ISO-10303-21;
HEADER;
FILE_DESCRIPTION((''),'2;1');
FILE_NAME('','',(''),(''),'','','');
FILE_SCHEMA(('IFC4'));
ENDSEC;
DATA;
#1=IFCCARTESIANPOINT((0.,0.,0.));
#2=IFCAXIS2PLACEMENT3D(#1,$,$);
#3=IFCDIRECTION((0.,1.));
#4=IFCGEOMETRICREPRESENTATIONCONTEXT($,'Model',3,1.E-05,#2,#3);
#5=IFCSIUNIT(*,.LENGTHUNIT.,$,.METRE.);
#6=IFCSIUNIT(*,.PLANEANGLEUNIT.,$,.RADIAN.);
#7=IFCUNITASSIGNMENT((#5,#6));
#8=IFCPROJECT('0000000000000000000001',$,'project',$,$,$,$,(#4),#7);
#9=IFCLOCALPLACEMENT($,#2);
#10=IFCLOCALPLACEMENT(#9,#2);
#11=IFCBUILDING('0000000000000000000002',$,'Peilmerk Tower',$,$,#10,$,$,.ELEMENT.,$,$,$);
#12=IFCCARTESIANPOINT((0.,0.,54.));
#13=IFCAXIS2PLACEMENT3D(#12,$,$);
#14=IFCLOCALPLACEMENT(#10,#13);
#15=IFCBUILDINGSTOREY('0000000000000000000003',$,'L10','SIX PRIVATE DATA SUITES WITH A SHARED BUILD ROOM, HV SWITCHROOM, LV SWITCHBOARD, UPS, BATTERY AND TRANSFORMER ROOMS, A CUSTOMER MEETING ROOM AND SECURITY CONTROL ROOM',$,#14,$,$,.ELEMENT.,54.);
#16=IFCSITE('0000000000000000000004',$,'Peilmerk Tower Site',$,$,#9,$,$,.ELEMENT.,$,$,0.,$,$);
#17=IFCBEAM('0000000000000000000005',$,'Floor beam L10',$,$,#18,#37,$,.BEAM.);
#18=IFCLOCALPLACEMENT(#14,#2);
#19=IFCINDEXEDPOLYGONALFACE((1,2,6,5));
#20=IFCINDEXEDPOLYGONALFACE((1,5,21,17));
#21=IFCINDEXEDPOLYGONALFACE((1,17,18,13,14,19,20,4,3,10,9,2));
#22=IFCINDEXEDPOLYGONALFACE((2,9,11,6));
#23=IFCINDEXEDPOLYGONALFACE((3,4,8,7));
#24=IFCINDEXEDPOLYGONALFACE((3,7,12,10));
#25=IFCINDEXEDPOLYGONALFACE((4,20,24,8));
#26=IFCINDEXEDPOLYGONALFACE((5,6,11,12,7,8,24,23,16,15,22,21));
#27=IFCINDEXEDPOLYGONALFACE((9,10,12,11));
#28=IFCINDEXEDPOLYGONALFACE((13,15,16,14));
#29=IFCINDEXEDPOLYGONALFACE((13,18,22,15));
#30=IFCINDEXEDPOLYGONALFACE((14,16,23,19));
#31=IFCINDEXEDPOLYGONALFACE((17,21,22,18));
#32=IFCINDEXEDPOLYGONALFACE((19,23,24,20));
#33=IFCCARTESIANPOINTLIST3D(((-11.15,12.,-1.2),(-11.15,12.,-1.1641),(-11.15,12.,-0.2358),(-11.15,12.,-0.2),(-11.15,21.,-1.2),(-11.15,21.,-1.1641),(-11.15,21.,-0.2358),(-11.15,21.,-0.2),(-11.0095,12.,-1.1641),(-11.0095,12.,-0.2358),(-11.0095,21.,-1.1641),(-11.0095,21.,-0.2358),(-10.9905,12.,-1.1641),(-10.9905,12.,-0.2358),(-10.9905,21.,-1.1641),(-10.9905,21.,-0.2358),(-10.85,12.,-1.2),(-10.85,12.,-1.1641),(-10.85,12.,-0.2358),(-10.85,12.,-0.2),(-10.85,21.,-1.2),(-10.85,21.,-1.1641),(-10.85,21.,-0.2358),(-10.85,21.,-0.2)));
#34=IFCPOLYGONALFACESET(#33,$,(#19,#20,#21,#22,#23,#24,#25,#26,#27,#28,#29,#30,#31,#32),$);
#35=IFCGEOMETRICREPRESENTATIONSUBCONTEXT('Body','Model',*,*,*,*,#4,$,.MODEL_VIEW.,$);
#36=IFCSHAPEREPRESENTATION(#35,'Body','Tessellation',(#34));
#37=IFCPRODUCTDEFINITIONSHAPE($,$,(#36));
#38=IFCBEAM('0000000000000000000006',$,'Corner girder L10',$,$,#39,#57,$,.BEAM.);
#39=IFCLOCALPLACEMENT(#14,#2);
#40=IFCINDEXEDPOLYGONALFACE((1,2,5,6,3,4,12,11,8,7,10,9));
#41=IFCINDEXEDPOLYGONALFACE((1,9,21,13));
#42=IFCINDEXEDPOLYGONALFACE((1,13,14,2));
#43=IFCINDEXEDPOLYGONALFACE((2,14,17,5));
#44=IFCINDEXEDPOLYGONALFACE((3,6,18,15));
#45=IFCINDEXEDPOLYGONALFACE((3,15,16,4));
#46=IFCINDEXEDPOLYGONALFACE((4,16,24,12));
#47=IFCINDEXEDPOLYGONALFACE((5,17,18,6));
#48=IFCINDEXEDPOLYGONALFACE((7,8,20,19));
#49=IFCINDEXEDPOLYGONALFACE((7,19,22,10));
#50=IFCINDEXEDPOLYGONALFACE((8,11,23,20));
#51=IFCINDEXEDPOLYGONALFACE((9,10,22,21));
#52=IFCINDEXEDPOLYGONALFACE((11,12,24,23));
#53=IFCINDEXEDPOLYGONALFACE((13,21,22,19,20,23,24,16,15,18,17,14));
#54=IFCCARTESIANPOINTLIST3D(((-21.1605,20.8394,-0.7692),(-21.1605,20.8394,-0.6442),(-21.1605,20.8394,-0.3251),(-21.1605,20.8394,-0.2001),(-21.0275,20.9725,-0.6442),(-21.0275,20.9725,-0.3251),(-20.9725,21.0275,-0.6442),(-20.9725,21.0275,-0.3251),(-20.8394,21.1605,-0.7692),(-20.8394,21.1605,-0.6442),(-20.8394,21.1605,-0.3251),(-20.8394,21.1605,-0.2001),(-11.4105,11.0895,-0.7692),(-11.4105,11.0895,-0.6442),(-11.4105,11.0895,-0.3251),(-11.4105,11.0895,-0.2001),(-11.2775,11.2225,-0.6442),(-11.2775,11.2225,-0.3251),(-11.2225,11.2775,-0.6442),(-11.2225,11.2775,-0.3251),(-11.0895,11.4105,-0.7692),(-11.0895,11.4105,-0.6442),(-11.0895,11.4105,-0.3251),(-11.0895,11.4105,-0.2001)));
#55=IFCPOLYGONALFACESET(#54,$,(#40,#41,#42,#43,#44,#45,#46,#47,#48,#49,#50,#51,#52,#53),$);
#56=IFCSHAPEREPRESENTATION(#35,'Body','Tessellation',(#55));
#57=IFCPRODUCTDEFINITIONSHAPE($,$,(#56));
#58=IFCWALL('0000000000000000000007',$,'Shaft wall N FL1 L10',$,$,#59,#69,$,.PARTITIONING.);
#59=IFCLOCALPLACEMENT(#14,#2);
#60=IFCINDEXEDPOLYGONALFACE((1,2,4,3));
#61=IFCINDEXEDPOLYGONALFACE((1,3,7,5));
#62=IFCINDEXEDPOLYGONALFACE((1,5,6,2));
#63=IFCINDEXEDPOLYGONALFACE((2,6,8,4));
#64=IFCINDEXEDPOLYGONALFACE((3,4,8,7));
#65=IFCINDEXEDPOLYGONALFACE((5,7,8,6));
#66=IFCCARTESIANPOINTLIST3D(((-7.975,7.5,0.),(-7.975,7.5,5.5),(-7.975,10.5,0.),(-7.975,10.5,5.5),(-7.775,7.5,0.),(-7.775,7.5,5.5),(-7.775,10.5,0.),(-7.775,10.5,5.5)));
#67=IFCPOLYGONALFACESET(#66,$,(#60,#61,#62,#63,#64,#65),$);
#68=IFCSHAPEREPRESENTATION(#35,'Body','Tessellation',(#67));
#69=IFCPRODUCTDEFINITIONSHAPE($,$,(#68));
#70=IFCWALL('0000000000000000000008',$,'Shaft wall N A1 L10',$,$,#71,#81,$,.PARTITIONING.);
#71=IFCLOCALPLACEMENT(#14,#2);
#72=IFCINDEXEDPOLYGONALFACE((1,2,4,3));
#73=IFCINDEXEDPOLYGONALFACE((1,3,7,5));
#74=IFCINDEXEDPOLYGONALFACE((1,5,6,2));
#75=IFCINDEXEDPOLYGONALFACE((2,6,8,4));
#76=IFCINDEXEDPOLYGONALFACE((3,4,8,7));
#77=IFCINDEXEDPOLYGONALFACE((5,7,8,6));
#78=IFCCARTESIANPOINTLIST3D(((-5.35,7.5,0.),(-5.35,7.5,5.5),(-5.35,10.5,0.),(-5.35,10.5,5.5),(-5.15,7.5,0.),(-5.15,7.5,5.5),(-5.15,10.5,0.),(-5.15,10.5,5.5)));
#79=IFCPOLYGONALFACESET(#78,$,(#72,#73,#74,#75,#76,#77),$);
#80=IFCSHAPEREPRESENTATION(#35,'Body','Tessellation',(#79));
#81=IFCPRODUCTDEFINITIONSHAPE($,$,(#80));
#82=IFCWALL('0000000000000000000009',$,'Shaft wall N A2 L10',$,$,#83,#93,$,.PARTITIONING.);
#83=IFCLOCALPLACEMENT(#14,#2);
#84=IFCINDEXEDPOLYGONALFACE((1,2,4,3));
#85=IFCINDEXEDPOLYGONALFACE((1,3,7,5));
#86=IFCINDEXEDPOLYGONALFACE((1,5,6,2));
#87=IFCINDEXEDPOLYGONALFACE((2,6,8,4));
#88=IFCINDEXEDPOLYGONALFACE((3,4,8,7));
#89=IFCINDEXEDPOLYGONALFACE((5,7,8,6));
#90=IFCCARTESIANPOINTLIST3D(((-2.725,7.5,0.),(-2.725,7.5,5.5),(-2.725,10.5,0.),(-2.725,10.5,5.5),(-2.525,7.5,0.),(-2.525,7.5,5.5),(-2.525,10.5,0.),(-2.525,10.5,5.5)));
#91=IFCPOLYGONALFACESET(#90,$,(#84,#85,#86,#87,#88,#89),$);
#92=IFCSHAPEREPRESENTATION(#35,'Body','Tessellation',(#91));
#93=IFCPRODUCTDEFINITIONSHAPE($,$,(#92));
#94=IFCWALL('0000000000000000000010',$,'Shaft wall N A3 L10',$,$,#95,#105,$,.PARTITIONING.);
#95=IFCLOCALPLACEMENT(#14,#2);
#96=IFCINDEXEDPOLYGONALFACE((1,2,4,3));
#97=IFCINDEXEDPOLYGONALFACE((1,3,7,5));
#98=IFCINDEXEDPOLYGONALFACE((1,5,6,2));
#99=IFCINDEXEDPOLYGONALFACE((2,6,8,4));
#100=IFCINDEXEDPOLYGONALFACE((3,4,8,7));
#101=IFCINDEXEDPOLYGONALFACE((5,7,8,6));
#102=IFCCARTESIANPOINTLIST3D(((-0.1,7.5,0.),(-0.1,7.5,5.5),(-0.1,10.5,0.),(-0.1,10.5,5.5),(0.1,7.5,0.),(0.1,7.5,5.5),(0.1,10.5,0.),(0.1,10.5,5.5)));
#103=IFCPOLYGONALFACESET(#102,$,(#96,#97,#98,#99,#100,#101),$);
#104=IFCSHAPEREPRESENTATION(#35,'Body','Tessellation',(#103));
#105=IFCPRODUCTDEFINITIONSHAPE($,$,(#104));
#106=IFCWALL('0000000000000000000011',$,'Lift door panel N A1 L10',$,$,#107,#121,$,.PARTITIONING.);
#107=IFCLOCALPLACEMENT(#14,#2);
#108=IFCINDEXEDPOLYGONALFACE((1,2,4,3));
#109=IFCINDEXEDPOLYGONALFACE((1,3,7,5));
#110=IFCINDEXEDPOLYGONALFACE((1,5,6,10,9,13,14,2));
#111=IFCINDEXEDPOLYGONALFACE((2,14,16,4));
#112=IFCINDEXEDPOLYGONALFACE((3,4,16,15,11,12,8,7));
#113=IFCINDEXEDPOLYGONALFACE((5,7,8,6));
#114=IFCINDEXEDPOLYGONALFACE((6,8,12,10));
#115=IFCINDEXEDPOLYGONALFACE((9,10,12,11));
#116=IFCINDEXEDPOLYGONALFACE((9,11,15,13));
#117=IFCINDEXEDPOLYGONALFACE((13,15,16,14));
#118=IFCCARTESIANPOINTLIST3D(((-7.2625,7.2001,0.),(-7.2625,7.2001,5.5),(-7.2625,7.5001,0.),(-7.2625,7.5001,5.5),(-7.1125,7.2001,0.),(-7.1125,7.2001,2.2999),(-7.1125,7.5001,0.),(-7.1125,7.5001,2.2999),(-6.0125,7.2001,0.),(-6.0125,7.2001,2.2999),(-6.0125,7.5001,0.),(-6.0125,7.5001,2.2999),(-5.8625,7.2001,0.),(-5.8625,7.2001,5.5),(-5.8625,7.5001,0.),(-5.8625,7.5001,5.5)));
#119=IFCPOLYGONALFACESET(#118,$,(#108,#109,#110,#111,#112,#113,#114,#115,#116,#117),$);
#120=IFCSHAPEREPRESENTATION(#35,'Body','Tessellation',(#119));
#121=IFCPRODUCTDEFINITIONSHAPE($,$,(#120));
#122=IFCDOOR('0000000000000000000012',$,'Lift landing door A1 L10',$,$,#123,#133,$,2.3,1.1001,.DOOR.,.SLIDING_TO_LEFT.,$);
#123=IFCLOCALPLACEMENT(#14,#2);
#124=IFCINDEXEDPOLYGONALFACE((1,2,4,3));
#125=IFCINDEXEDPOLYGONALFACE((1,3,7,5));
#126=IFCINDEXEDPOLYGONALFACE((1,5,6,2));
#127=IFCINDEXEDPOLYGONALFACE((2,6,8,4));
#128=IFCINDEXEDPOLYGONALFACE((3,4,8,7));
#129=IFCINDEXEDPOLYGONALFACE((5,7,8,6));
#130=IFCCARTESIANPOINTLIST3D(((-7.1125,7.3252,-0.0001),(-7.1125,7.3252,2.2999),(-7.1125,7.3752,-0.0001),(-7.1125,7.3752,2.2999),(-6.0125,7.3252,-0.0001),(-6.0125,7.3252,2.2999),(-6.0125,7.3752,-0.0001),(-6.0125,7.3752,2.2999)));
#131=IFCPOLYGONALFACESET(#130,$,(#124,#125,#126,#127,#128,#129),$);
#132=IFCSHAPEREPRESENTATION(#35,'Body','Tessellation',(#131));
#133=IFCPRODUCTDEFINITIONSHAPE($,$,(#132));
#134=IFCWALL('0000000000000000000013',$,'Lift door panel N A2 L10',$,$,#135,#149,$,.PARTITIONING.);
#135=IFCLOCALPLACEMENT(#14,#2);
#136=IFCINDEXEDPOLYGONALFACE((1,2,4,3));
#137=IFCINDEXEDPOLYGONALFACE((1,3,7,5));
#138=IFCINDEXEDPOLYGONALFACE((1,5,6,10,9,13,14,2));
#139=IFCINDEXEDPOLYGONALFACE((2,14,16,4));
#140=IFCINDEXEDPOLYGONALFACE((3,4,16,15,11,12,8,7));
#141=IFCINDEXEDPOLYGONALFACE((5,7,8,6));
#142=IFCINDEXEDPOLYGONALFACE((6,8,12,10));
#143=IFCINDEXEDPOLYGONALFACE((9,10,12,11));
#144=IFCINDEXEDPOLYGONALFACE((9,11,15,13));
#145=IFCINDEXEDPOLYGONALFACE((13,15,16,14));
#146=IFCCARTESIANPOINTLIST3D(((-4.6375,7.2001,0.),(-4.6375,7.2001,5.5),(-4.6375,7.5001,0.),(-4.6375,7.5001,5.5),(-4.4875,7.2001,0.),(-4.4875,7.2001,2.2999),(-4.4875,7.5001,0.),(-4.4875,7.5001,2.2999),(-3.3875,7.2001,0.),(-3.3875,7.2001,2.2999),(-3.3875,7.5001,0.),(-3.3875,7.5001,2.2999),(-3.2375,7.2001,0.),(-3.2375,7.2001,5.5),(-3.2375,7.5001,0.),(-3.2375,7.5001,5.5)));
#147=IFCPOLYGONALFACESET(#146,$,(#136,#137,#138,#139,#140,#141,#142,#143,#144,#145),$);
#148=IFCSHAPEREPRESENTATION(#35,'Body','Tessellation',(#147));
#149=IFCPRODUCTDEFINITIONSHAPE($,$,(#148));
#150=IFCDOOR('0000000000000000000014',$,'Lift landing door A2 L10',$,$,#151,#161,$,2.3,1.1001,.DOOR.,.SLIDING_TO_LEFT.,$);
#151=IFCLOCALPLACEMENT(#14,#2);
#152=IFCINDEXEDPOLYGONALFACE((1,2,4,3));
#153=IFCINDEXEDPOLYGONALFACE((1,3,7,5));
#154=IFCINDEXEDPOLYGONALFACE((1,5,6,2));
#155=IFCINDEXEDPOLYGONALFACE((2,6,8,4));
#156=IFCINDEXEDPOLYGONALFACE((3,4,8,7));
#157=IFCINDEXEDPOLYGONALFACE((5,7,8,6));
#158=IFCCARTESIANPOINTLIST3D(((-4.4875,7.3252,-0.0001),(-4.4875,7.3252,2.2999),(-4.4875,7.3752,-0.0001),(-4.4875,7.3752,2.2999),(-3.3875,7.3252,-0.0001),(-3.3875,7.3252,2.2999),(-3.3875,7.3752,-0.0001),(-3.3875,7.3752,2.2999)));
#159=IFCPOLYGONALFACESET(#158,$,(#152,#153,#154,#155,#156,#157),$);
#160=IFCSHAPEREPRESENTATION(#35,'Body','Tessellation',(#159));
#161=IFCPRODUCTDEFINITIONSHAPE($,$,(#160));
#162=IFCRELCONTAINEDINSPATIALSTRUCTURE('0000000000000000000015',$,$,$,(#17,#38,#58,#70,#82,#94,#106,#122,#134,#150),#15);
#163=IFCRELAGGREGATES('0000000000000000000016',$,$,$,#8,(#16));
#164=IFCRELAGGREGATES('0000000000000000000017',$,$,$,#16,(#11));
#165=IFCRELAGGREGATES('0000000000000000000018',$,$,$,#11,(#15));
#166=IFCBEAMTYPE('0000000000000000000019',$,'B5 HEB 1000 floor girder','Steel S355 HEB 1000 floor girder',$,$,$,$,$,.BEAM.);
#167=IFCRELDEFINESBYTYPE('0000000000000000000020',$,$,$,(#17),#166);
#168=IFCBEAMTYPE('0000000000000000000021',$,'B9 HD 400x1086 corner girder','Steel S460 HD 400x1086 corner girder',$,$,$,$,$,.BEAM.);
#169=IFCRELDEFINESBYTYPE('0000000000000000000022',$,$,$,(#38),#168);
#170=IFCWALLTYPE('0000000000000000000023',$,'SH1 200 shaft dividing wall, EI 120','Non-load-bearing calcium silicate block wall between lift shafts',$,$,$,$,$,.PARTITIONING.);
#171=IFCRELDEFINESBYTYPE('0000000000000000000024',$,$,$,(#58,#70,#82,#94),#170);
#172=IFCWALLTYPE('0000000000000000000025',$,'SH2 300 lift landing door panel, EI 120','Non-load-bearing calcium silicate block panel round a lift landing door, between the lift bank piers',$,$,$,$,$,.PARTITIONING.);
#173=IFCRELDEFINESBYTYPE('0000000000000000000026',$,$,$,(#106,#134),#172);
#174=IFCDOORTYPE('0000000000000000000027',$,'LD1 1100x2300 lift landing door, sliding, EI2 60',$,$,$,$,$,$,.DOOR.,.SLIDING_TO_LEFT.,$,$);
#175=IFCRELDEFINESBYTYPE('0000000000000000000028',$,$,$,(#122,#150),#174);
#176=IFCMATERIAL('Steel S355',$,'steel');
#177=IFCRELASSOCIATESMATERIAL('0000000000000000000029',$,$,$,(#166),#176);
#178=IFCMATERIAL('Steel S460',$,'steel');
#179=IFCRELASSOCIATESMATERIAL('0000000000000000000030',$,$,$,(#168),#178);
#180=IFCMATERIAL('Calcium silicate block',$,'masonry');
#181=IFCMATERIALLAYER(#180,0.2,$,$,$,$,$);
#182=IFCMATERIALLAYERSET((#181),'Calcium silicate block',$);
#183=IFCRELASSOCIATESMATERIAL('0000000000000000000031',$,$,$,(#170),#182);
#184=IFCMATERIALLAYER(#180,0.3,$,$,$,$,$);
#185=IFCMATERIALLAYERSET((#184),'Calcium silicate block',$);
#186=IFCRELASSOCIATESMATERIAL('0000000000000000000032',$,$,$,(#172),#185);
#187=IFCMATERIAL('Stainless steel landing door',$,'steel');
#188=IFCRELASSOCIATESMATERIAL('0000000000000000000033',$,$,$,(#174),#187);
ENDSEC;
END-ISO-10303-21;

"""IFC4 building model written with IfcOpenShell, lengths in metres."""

from ifc_helpers import new_model, si_unit, direction, frame, frame_2d, origin, origin_2d, place, context, subcontext, project, spatial, rectangle, i_section, extrude, material, layer, layer_set, material_profile, profile_set, type_object, element, fill, save


model = new_model("IFC4")

# Units and contexts
model_context = context("Model", 3, precision=1e-05, world=origin(), true_north=direction((0.0, 1.0)))
body_context = subcontext(model_context, "Body", "Model", "MODEL_VIEW")
ifc_project = project(units=[si_unit("LENGTHUNIT", "METRE"), si_unit("PLANEANGLEUNIT", "RADIAN")], contexts=[model_context])

# Site, building, storey
site_placement = place(None, origin())
site = spatial("IfcSite", under=ifc_project, at=site_placement, Name="Peilmerk Tower Site", CompositionType="ELEMENT", RefElevation=0.0)
building_placement = place(site_placement, origin())
building = spatial("IfcBuilding", under=site, at=building_placement, Name="Peilmerk Tower", CompositionType="ELEMENT")
storey_placement = place(building_placement, frame((0.0, 0.0, 54.0)))
storey = spatial("IfcBuildingStorey", under=building, at=storey_placement, Name="L10", Description="SIX PRIVATE DATA SUITES WITH A SHARED BUILD ROOM, HV SWITCHROOM, LV SWITCHBOARD, UPS, BATTERY AND TRANSFORMER ROOMS, A CUSTOMER MEETING ROOM AND SECURITY CONTROL ROOM", CompositionType="ELEMENT", Elevation=54.0)

# Beams
ifc_material_1 = material(Name="Steel S355", Category="steel")
ifc_material_profile_1 = material_profile(ifc_material_1, i_section(OverallWidth=0.3, OverallDepth=1.0, WebThickness=0.019, FlangeThickness=0.0359, at=origin_2d()), Name="HEB 1000")
ifc_profile_set_1 = profile_set([ifc_material_profile_1], Name="Steel S355")
beam_type_1 = type_object("IfcBeamType", Name="B5 HEB 1000 floor girder", Description="Steel S355 HEB 1000 floor girder", PredefinedType="BEAM", material=ifc_profile_set_1)
beam_1_placement = place(storey_placement, frame((-11.0, 12.0, -0.7), z_axis=(0.0, 1.0, 0.0), x_axis=(-1.0, 0.0, 0.0)))
element("IfcBeam", 1, at=beam_1_placement, inside=storey, type_object=beam_type_1, Name="Floor beam L10", PredefinedType="BEAM", context=body_context, shape_type="SweptSolid", body=[
    extrude(i_section(OverallWidth=0.3, OverallDepth=1.0, WebThickness=0.019, FlangeThickness=0.0359, at=origin_2d()), origin(), (0.0, 0.0, 1.0), 9.0),
])
ifc_material_2 = material(Name="Steel S460", Category="steel")
ifc_material_profile_2 = material_profile(ifc_material_2, i_section(OverallWidth=0.4541, OverallDepth=0.5691, WebThickness=0.0779, FlangeThickness=0.125, at=origin_2d()), Name="HD 400x1086")
ifc_profile_set_2 = profile_set([ifc_material_profile_2], Name="Steel S460")
beam_type_2 = type_object("IfcBeamType", Name="B9 HD 400x1086 corner girder", Description="Steel S460 HD 400x1086 corner girder", PredefinedType="BEAM", material=ifc_profile_set_2)
beam_2_placement = place(storey_placement, frame((-11.25, 11.25, -0.4846), z_axis=(-0.707107, 0.707107, 0.0), x_axis=(-0.707107, -0.707107, 0.0)))
element("IfcBeam", 2, at=beam_2_placement, inside=storey, type_object=beam_type_2, Name="Corner girder L10", PredefinedType="BEAM", context=body_context, shape_type="SweptSolid", body=[
    extrude(i_section(OverallWidth=0.4541, OverallDepth=0.5691, WebThickness=0.0779, FlangeThickness=0.125, at=origin_2d()), origin(), (0.0, 0.0, 1.0), 13.7886),
])

# Walls
ifc_material_3 = material(Name="Calcium silicate block", Category="masonry")
ifc_layer_1 = layer(ifc_material_3, 0.2)
ifc_layer_set_1 = layer_set([ifc_layer_1], Name="Calcium silicate block")
wall_type_1 = type_object("IfcWallType", Name="SH1 200 shaft dividing wall, EI 120", Description="Non-load-bearing calcium silicate block wall between lift shafts", PredefinedType="PARTITIONING", material=ifc_layer_set_1)
for number, where, z_axis, x_axis, name in (
    (3, (-7.875, 7.5, 0.0), (0.0, 0.0, 1.0), (0.0, 1.0, 0.0), "Shaft wall N FL1 L10"),
    (4, (-5.25, 7.5, 0.0), (0.0, 0.0, 1.0), (0.0, 1.0, 0.0), "Shaft wall N A1 L10"),
    (5, (-2.625, 7.5, 0.0), (0.0, 0.0, 1.0), (0.0, 1.0, 0.0), "Shaft wall N A2 L10"),
    (6, (0.0, 7.5, 0.0), (0.0, 0.0, 1.0), (0.0, 1.0, 0.0), "Shaft wall N A3 L10"),
):
    element("IfcWall", number, at=place(storey_placement, frame(where, z_axis=z_axis, x_axis=x_axis)), inside=storey, type_object=wall_type_1, Name=name, PredefinedType="PARTITIONING", context=body_context, shape_type="SweptSolid", body=[
        extrude(rectangle(XDim=3.0, YDim=0.2, at=frame_2d((1.5, 0.0))), origin(), (0.0, 0.0, 1.0), 5.5),
    ])

# Walls, openings, doors
ifc_layer_2 = layer(ifc_material_3, 0.3)
ifc_layer_set_2 = layer_set([ifc_layer_2], Name="Calcium silicate block")
wall_type_2 = type_object("IfcWallType", Name="SH2 300 lift landing door panel, EI 120", Description="Non-load-bearing calcium silicate block panel round a lift landing door, between the lift bank piers", PredefinedType="PARTITIONING", material=ifc_layer_set_2)
wall_1_placement = place(storey_placement, frame((-7.2625, 7.3501, 0.0), z_axis=(0.0, 0.0, 1.0), x_axis=(1.0, 0.0, 0.0)))
wall_1 = element("IfcWall", 7, at=wall_1_placement, inside=storey, type_object=wall_type_2, Name="Lift door panel N A1 L10", PredefinedType="PARTITIONING", context=body_context, shape_type="SweptSolid", body=[
    extrude(rectangle(XDim=1.3999, YDim=0.3, at=frame_2d((0.7, 0.0))), origin(), (0.0, 0.0, 1.0), 5.5),
])
opening_1_placement = place(wall_1_placement, frame((0.1499, 0.0, 0.0)))
opening_1 = element("IfcOpeningElement", 8, at=opening_1_placement, cuts=wall_1, PredefinedType="OPENING", context=body_context, shape_type="SweptSolid", body=[
    extrude(rectangle(XDim=1.1001, YDim=2.3, at=frame_2d((0.55, 1.1499))), frame((0.0, 0.1599, 0.0), z_axis=(0.0, -1.0, 0.0), x_axis=(1.0, 0.0, 0.0)), (0.0, 0.0, 1.0), 0.3201),
])
ifc_material_4 = material(Name="Stainless steel landing door", Category="steel")
door_type = type_object("IfcDoorType", Name="LD1 1100x2300 lift landing door, sliding, EI2 60", OperationType="SLIDING_TO_LEFT", PredefinedType="DOOR", material=ifc_material_4)
door_1_placement = place(opening_1_placement, frame((1.1001, 0.0, 0.0), z_axis=(0.0, 0.0, 1.0), x_axis=(-1.0, 0.0, 0.0)))
door_1 = element("IfcDoor", 9, at=door_1_placement, inside=storey, type_object=door_type, Name="Lift landing door A1 L10", OperationType="SLIDING_TO_LEFT", OverallHeight=2.3, OverallWidth=1.1001, PredefinedType="DOOR", context=body_context, shape_type="SweptSolid", body=[
    extrude(rectangle(XDim=1.1001, YDim=2.3, at=frame_2d((0.55, 1.1499))), frame((0.0, 0.0249, 0.0), z_axis=(0.0, -1.0, 0.0), x_axis=(1.0, 0.0, 0.0)), (0.0, 0.0, 1.0), 0.05),
])
fill(opening_1, door_1)
wall_2_placement = place(storey_placement, frame((-4.6375, 7.3501, 0.0), z_axis=(0.0, 0.0, 1.0), x_axis=(1.0, 0.0, 0.0)))
wall_2 = element("IfcWall", 10, at=wall_2_placement, inside=storey, type_object=wall_type_2, Name="Lift door panel N A2 L10", PredefinedType="PARTITIONING", context=body_context, shape_type="SweptSolid", body=[
    extrude(rectangle(XDim=1.3999, YDim=0.3, at=frame_2d((0.7, 0.0))), origin(), (0.0, 0.0, 1.0), 5.5),
])
opening_2_placement = place(wall_2_placement, frame((0.1499, 0.0, 0.0)))
opening_2 = element("IfcOpeningElement", 11, at=opening_2_placement, cuts=wall_2, PredefinedType="OPENING", context=body_context, shape_type="SweptSolid", body=[
    extrude(rectangle(XDim=1.1001, YDim=2.3, at=frame_2d((0.55, 1.1499))), frame((0.0, 0.1599, 0.0), z_axis=(0.0, -1.0, 0.0), x_axis=(1.0, 0.0, 0.0)), (0.0, 0.0, 1.0), 0.3201),
])
door_2_placement = place(opening_2_placement, frame((1.1001, 0.0, 0.0), z_axis=(0.0, 0.0, 1.0), x_axis=(-1.0, 0.0, 0.0)))
door_2 = element("IfcDoor", 12, at=door_2_placement, inside=storey, type_object=door_type, Name="Lift landing door A2 L10", OperationType="SLIDING_TO_LEFT", OverallHeight=2.3, OverallWidth=1.1001, PredefinedType="DOOR", context=body_context, shape_type="SweptSolid", body=[
    extrude(rectangle(XDim=1.1001, YDim=2.3, at=frame_2d((0.55, 1.1499))), frame((0.0, 0.0249, 0.0), z_axis=(0.0, -1.0, 0.0), x_axis=(1.0, 0.0, 0.0)), (0.0, 0.0, 1.0), 0.05),
])
fill(opening_2, door_2)

save(model, "model.ifc")
